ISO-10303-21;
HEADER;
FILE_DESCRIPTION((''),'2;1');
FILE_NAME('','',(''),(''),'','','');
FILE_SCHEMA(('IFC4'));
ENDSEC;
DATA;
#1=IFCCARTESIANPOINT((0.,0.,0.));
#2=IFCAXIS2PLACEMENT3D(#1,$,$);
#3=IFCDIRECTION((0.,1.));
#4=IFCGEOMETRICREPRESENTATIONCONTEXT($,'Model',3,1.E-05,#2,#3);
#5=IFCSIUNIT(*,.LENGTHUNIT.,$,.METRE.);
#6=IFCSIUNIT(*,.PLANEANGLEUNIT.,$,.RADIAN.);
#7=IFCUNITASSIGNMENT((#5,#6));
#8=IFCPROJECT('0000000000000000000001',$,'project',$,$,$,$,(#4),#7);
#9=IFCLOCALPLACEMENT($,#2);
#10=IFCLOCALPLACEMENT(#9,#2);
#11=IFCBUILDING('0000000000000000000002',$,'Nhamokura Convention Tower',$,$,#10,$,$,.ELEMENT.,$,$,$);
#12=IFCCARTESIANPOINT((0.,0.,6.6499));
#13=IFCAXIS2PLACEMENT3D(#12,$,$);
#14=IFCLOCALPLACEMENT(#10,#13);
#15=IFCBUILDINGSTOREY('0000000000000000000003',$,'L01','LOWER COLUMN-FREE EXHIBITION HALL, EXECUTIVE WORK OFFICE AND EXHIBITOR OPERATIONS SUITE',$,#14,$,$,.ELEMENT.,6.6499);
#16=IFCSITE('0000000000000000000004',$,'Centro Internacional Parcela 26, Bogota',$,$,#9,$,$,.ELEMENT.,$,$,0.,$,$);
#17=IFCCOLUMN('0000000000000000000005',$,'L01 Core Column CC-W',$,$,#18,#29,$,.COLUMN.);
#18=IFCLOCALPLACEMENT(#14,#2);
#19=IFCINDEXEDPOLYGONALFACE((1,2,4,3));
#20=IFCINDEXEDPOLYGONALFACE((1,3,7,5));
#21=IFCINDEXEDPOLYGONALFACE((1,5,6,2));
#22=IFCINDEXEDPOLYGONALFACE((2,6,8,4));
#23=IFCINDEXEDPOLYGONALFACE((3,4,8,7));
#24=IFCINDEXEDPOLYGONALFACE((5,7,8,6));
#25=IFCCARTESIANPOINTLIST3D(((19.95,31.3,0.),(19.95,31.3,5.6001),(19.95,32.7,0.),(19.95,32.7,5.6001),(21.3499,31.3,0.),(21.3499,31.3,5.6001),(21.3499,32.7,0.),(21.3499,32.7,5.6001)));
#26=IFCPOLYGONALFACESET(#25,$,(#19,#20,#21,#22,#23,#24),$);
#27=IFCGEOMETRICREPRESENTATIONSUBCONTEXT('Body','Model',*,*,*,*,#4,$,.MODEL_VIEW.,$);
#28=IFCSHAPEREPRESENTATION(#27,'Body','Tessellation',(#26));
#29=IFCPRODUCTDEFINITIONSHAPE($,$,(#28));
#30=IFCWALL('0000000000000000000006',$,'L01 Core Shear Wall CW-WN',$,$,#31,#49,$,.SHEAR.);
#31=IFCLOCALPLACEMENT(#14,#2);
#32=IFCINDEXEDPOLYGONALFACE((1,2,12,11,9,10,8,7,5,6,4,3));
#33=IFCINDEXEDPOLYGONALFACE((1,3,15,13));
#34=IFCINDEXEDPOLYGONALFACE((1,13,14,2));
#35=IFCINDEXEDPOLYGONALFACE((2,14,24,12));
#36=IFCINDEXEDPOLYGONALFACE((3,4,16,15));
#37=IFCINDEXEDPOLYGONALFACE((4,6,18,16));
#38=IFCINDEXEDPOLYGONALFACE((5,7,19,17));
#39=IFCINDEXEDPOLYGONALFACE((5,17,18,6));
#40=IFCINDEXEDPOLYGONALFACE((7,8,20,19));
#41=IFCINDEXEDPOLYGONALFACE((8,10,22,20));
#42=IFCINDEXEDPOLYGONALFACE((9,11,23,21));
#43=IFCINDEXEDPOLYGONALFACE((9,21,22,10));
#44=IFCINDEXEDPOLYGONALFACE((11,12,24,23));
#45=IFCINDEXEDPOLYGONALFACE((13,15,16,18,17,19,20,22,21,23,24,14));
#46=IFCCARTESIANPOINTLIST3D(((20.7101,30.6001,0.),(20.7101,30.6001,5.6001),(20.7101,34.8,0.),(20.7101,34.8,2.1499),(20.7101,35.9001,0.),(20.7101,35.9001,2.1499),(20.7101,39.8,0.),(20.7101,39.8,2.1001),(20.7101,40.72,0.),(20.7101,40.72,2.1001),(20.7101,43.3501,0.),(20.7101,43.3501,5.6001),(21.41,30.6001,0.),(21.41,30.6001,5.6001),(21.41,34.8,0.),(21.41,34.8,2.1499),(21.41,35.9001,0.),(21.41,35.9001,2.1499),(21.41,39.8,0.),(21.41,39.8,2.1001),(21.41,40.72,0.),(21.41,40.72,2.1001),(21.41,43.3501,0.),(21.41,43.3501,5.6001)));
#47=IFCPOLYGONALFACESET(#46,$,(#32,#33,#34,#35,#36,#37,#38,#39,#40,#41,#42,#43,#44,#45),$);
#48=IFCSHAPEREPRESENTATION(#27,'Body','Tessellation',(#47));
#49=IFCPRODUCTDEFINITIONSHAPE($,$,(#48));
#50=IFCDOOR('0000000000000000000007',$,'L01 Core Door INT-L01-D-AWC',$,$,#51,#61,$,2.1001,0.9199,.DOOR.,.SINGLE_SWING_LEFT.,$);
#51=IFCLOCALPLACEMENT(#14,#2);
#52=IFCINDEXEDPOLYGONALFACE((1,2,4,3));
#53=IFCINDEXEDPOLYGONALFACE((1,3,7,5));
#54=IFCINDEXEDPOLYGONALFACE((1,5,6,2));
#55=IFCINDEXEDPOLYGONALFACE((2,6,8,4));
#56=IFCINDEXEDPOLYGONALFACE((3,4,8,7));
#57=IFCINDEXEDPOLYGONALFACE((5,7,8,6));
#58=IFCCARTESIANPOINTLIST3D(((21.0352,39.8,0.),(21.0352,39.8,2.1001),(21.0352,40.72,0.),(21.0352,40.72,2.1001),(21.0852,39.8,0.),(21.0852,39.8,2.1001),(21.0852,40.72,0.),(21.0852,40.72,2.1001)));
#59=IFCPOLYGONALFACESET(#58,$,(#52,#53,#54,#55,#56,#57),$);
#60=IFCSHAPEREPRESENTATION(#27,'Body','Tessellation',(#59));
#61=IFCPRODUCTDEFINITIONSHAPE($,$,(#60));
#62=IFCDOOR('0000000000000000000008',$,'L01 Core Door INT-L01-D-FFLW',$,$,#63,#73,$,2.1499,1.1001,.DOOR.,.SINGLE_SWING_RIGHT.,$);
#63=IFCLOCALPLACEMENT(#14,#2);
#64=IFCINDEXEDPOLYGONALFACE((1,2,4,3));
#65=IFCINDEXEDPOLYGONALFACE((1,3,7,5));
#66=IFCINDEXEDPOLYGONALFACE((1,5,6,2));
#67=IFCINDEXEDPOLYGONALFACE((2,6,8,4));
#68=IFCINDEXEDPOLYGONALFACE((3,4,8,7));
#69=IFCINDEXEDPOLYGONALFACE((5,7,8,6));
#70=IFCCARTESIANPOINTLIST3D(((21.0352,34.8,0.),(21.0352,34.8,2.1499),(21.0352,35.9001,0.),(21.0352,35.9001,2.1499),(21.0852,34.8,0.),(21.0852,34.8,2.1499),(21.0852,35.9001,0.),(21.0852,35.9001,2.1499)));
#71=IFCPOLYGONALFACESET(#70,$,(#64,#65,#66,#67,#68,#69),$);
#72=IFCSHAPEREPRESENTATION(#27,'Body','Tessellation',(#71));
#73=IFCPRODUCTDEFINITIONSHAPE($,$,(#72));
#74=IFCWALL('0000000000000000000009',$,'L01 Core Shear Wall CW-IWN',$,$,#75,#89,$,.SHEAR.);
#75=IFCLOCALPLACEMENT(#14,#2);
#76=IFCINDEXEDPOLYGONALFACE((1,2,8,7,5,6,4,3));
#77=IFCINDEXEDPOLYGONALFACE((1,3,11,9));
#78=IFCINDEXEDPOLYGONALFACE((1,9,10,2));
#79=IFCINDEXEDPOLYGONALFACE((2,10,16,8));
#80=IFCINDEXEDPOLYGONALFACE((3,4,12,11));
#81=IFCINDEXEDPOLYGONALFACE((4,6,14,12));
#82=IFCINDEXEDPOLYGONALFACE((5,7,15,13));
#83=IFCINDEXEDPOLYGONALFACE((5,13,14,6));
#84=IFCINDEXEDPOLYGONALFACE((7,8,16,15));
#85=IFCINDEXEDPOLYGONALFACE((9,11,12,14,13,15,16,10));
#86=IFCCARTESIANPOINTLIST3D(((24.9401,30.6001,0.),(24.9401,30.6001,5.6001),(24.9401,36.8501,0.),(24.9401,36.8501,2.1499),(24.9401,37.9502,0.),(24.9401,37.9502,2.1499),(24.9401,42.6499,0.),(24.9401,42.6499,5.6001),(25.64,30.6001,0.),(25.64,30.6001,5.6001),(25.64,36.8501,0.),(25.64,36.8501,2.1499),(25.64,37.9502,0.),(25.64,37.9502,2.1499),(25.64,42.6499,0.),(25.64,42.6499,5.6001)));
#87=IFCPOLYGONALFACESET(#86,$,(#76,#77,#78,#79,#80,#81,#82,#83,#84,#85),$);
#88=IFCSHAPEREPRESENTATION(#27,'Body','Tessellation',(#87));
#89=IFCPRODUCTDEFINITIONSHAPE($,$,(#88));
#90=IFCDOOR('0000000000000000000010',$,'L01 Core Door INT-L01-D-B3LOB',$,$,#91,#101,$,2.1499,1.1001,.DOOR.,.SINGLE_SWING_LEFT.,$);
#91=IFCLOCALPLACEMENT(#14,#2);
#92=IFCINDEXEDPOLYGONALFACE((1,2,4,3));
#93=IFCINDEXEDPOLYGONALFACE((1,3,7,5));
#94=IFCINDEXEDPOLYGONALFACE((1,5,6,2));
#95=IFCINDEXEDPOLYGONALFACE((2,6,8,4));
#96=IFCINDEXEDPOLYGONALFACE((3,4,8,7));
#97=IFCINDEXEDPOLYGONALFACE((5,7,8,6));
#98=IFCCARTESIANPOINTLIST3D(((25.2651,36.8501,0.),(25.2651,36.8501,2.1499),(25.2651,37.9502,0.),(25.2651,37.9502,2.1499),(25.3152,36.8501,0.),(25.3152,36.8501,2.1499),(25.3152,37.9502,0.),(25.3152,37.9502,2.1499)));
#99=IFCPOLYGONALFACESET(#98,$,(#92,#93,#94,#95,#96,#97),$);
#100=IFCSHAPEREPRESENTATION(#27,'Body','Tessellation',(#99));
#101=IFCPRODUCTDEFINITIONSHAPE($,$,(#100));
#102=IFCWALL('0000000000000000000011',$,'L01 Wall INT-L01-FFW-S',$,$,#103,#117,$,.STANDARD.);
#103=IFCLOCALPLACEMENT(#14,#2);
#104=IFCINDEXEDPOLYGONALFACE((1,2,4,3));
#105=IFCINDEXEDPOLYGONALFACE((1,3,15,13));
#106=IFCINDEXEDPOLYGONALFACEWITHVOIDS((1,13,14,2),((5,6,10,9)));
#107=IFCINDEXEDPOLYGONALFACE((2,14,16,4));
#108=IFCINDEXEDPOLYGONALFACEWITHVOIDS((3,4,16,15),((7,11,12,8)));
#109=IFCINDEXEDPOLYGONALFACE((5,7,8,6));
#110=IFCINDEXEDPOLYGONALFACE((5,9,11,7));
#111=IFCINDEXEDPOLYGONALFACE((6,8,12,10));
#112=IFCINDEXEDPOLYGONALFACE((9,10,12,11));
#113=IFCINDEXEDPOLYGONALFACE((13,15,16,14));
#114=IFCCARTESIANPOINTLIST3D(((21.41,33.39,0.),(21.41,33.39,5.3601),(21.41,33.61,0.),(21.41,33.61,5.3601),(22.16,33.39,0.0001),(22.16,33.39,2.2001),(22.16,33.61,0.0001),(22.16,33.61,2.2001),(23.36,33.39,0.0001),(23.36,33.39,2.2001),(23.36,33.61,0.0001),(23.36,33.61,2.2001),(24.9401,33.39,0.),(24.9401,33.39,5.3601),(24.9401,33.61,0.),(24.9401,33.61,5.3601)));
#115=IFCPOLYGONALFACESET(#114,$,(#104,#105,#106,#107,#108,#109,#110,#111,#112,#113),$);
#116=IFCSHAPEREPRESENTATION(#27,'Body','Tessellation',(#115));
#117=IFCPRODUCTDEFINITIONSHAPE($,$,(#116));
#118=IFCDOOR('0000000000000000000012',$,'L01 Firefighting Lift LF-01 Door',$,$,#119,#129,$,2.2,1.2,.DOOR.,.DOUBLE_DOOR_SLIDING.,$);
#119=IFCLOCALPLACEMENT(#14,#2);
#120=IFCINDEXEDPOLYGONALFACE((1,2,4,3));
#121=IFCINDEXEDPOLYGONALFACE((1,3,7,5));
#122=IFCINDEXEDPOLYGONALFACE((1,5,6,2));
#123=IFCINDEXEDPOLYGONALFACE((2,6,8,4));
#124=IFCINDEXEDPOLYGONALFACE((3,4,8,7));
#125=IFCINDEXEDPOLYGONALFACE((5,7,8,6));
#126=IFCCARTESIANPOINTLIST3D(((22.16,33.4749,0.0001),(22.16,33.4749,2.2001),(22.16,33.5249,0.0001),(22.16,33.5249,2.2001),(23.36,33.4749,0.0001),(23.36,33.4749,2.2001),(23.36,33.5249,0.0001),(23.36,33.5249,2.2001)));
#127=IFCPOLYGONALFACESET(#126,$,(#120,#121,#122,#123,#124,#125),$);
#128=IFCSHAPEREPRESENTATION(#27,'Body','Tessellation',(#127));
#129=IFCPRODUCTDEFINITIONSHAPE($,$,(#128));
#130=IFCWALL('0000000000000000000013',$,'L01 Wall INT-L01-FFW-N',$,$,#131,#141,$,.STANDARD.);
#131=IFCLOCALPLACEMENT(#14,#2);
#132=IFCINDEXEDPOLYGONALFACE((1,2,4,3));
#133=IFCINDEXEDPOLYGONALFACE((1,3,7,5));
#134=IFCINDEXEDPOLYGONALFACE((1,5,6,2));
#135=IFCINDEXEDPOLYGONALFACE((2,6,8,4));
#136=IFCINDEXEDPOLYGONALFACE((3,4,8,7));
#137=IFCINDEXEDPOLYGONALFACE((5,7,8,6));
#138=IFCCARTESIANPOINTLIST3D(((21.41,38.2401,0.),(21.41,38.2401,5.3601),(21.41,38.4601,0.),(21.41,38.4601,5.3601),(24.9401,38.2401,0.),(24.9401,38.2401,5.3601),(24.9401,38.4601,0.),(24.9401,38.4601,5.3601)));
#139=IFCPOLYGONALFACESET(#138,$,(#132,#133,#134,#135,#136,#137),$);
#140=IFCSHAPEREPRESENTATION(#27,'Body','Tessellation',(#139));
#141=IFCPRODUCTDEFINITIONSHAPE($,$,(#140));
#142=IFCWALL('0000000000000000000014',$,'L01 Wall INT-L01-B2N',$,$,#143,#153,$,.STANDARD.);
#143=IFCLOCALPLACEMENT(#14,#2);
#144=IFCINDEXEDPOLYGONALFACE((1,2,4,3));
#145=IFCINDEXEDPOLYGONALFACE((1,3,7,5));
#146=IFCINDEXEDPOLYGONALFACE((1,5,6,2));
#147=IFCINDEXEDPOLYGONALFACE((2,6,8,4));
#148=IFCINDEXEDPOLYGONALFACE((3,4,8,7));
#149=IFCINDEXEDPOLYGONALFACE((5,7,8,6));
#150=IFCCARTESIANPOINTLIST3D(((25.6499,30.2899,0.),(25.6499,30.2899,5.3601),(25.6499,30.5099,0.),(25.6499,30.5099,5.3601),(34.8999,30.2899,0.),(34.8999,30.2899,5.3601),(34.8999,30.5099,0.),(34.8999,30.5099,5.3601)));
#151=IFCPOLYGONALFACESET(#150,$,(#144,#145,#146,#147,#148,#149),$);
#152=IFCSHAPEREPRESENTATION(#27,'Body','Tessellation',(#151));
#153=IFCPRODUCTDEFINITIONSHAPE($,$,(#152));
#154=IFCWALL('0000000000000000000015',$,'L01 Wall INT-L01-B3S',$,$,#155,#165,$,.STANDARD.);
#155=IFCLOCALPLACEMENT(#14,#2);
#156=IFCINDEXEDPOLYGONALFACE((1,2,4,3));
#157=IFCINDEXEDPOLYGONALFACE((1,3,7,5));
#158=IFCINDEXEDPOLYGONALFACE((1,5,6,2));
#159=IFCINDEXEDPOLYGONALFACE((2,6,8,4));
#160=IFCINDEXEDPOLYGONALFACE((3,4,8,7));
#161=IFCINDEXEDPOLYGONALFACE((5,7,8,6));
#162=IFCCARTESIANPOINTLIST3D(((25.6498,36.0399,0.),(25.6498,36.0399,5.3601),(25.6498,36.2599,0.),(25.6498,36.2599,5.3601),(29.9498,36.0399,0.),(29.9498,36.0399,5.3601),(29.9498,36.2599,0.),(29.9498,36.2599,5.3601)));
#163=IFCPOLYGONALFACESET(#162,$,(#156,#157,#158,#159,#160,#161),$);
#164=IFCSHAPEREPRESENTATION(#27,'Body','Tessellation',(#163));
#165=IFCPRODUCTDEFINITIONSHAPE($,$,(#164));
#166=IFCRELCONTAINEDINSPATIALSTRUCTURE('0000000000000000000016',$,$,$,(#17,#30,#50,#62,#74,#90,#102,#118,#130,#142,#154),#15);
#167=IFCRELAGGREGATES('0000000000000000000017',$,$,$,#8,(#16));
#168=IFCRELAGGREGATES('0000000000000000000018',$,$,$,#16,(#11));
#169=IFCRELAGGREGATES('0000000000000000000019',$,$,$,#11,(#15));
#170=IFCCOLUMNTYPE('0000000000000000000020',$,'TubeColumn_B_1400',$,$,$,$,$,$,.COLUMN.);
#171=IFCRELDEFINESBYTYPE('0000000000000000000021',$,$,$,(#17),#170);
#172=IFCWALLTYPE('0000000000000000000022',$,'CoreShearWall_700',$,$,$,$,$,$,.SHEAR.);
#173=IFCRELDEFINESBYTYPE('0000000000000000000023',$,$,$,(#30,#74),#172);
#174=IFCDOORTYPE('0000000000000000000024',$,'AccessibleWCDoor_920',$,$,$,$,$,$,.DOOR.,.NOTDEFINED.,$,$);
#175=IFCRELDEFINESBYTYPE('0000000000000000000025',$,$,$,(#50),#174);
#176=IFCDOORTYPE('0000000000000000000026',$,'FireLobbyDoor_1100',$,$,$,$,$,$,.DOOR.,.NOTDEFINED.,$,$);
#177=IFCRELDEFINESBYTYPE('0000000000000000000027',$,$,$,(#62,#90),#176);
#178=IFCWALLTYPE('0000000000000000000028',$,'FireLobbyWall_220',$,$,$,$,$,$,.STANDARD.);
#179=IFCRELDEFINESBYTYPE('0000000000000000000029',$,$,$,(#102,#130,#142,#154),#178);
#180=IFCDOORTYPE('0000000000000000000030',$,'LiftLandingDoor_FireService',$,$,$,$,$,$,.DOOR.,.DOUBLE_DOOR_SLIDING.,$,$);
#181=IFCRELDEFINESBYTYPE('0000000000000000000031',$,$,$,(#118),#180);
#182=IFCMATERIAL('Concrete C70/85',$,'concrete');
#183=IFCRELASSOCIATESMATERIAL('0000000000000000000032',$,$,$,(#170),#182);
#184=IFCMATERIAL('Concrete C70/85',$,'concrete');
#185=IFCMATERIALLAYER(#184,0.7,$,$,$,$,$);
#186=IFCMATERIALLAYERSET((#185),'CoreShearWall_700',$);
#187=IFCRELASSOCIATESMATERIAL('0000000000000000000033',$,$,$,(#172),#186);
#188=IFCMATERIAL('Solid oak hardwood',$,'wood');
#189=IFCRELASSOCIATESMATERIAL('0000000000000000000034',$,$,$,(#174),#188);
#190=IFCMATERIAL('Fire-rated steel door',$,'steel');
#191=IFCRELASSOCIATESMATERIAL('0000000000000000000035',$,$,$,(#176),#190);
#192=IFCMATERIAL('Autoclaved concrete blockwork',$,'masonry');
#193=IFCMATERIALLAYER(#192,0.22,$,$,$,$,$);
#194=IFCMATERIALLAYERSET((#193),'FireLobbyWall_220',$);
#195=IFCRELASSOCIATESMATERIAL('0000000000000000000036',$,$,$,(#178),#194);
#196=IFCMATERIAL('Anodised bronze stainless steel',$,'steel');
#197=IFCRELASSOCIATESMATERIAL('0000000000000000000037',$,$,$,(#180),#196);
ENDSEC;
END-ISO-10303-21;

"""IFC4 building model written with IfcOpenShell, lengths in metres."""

from ifc_helpers import new_model, si_unit, direction, frame, frame_2d, origin, origin_2d, place, context, subcontext, project, spatial, rectangle, extrude, material, layer, layer_set, material_profile, profile_set, type_object, element, fill, save


model = new_model("IFC4")

# Units and contexts
model_context = context("Model", 3, precision=1e-05, world=origin(), true_north=direction((0.0, 1.0)))
body_context = subcontext(model_context, "Body", "Model", "MODEL_VIEW")
ifc_project = project(units=[si_unit("LENGTHUNIT", "METRE"), si_unit("PLANEANGLEUNIT", "RADIAN")], contexts=[model_context])

# Site, building, storey
site_placement = place(None, origin())
site = spatial("IfcSite", under=ifc_project, at=site_placement, Name="Centro Internacional Parcela 26, Bogota", CompositionType="ELEMENT", RefElevation=0.0)
building_placement = place(site_placement, origin())
building = spatial("IfcBuilding", under=site, at=building_placement, Name="Nhamokura Convention Tower", CompositionType="ELEMENT")
storey_placement = place(building_placement, frame((0.0, 0.0, 6.6499)))
storey = spatial("IfcBuildingStorey", under=building, at=storey_placement, Name="L01", Description="LOWER COLUMN-FREE EXHIBITION HALL, EXECUTIVE WORK OFFICE AND EXHIBITOR OPERATIONS SUITE", CompositionType="ELEMENT", Elevation=6.6499)

# Column
ifc_material_1 = material(Name="Concrete C70/85", Category="concrete")
ifc_material_profile = material_profile(ifc_material_1, rectangle(XDim=1.3999, YDim=1.3999, at=origin_2d()))
ifc_profile_set = profile_set([ifc_material_profile], Name="Concrete C70/85")
column_type = type_object("IfcColumnType", Name="TubeColumn_B_1400", PredefinedType="COLUMN", material=ifc_profile_set)
column_placement = place(storey_placement, frame((20.6499, 32.0, 0.0), z_axis=(0.0, 0.0, 1.0), x_axis=(1.0, 0.0, 0.0)))
element("IfcColumn", 1, at=column_placement, inside=storey, type_object=column_type, Name="L01 Core Column CC-W", PredefinedType="COLUMN", context=body_context, shape_type="SweptSolid", body=[
    extrude(rectangle(XDim=1.3999, YDim=1.3999, at=origin_2d()), origin(), (0.0, 0.0, 1.0), 5.6001),
])

# Wall, openings, doors
ifc_material_2 = material(Name="Concrete C70/85", Category="concrete")
ifc_layer_1 = layer(ifc_material_2, 0.7)
ifc_layer_set_1 = layer_set([ifc_layer_1], Name="CoreShearWall_700")
wall_type_1 = type_object("IfcWallType", Name="CoreShearWall_700", PredefinedType="SHEAR", material=ifc_layer_set_1)
wall_1_placement = place(storey_placement, frame((21.0601, 30.6001, 0.0), z_axis=(0.0, 0.0, 1.0), x_axis=(0.0, 1.0, 0.0)))
wall_1 = element("IfcWall", 2, at=wall_1_placement, inside=storey, type_object=wall_type_1, Name="L01 Core Shear Wall CW-WN", PredefinedType="SHEAR", context=body_context, shape_type="SweptSolid", body=[
    extrude(rectangle(XDim=12.75, YDim=0.7, at=frame_2d((6.375, 0.0))), origin(), (0.0, 0.0, 1.0), 5.6001),
])
opening_1_placement = place(wall_1_placement, frame((4.2, 0.0, 0.0)))
opening_1 = element("IfcOpeningElement", 3, at=opening_1_placement, cuts=wall_1, PredefinedType="OPENING", context=body_context, shape_type="SweptSolid", body=[
    extrude(rectangle(XDim=1.1001, YDim=2.1499, at=frame_2d((0.55, 1.075))), frame((0.0, 0.3599, 0.0), z_axis=(0.0, -1.0, 0.0), x_axis=(1.0, 0.0, 0.0)), (0.0, 0.0, 1.0), 0.72),
])
opening_2_placement = place(wall_1_placement, frame((9.2, 0.0, 0.0)))
opening_2 = element("IfcOpeningElement", 4, at=opening_2_placement, cuts=wall_1, PredefinedType="OPENING", context=body_context, shape_type="SweptSolid", body=[
    extrude(rectangle(XDim=0.9199, YDim=2.1001, at=frame_2d((0.46, 1.05))), frame((0.0, 0.3599, 0.0), z_axis=(0.0, -1.0, 0.0), x_axis=(1.0, 0.0, 0.0)), (0.0, 0.0, 1.0), 0.72),
])
ifc_material_3 = material(Name="Solid oak hardwood", Category="wood")
door_type_1 = type_object("IfcDoorType", Name="AccessibleWCDoor_920", OperationType="NOTDEFINED", PredefinedType="DOOR", material=ifc_material_3)
door_1_placement = place(opening_2_placement, origin())
door_1 = element("IfcDoor", 5, at=door_1_placement, inside=storey, type_object=door_type_1, Name="L01 Core Door INT-L01-D-AWC", OperationType="SINGLE_SWING_LEFT", OverallHeight=2.1001, OverallWidth=0.9199, PredefinedType="DOOR", context=body_context, shape_type="SweptSolid", body=[
    extrude(rectangle(XDim=0.9199, YDim=2.1001, at=frame_2d((0.46, 1.05))), frame((0.0, 0.0249, 0.0), z_axis=(0.0, -1.0, 0.0), x_axis=(1.0, 0.0, 0.0)), (0.0, 0.0, 1.0), 0.05),
])
fill(opening_2, door_1)
ifc_material_4 = material(Name="Fire-rated steel door", Category="steel")
door_type_2 = type_object("IfcDoorType", Name="FireLobbyDoor_1100", OperationType="NOTDEFINED", PredefinedType="DOOR", material=ifc_material_4)
door_2_placement = place(opening_1_placement, origin())
door_2 = element("IfcDoor", 6, at=door_2_placement, inside=storey, type_object=door_type_2, Name="L01 Core Door INT-L01-D-FFLW", OperationType="SINGLE_SWING_RIGHT", OverallHeight=2.1499, OverallWidth=1.1001, PredefinedType="DOOR", context=body_context, shape_type="SweptSolid", body=[
    extrude(rectangle(XDim=1.1001, YDim=2.1499, at=frame_2d((0.55, 1.075))), frame((0.0, 0.0249, 0.0), z_axis=(0.0, -1.0, 0.0), x_axis=(1.0, 0.0, 0.0)), (0.0, 0.0, 1.0), 0.05),
])
fill(opening_1, door_2)

# Walls, openings, doors
wall_2_placement = place(storey_placement, frame((25.29, 30.6001, 0.0), z_axis=(0.0, 0.0, 1.0), x_axis=(0.0, 1.0, 0.0)))
wall_2 = element("IfcWall", 7, at=wall_2_placement, inside=storey, type_object=wall_type_1, Name="L01 Core Shear Wall CW-IWN", PredefinedType="SHEAR", context=body_context, shape_type="SweptSolid", body=[
    extrude(rectangle(XDim=12.0498, YDim=0.7, at=frame_2d((6.0249, 0.0))), origin(), (0.0, 0.0, 1.0), 5.6001),
])
opening_3_placement = place(wall_2_placement, frame((6.25, 0.0, 0.0)))
opening_3 = element("IfcOpeningElement", 8, at=opening_3_placement, cuts=wall_2, PredefinedType="OPENING", context=body_context, shape_type="SweptSolid", body=[
    extrude(rectangle(XDim=1.1001, YDim=2.1499, at=frame_2d((0.55, 1.075))), frame((0.0, 0.3599, 0.0), z_axis=(0.0, -1.0, 0.0), x_axis=(1.0, 0.0, 0.0)), (0.0, 0.0, 1.0), 0.72),
])
door_3_placement = place(opening_3_placement, origin())
door_3 = element("IfcDoor", 9, at=door_3_placement, inside=storey, type_object=door_type_2, Name="L01 Core Door INT-L01-D-B3LOB", OperationType="SINGLE_SWING_LEFT", OverallHeight=2.1499, OverallWidth=1.1001, PredefinedType="DOOR", context=body_context, shape_type="SweptSolid", body=[
    extrude(rectangle(XDim=1.1001, YDim=2.1499, at=frame_2d((0.55, 1.075))), frame((0.0, 0.0249, 0.0), z_axis=(0.0, -1.0, 0.0), x_axis=(1.0, 0.0, 0.0)), (0.0, 0.0, 1.0), 0.05),
])
fill(opening_3, door_3)
ifc_material_5 = material(Name="Autoclaved concrete blockwork", Category="masonry")
ifc_layer_2 = layer(ifc_material_5, 0.22)
ifc_layer_set_2 = layer_set([ifc_layer_2], Name="FireLobbyWall_220")
wall_type_2 = type_object("IfcWallType", Name="FireLobbyWall_220", PredefinedType="STANDARD", material=ifc_layer_set_2)
wall_3_placement = place(storey_placement, frame((21.4099, 33.5, 0.0), z_axis=(0.0, 0.0, 1.0), x_axis=(1.0, 0.0, 0.0)))
wall_3 = element("IfcWall", 10, at=wall_3_placement, inside=storey, type_object=wall_type_2, Name="L01 Wall INT-L01-FFW-S", PredefinedType="STANDARD", context=body_context, shape_type="SweptSolid", body=[
    extrude(rectangle(XDim=3.53, YDim=0.22, at=frame_2d((1.7651, 0.0))), origin(), (0.0, 0.0, 1.0), 5.3601),
])
opening_4_placement = place(wall_3_placement, frame((0.75, 0.0, 0.0)))
opening_4 = element("IfcOpeningElement", 11, at=opening_4_placement, cuts=wall_3, PredefinedType="OPENING", context=body_context, shape_type="SweptSolid", body=[
    extrude(rectangle(XDim=1.2, YDim=2.2, at=frame_2d((0.6001, 1.1001))), frame((0.0, 0.1199, 0.0), z_axis=(0.0, -1.0, 0.0), x_axis=(1.0, 0.0, 0.0)), (0.0, 0.0, 1.0), 0.24),
])
ifc_material_6 = material(Name="Anodised bronze stainless steel", Category="steel")
door_type_3 = type_object("IfcDoorType", Name="LiftLandingDoor_FireService", OperationType="DOUBLE_DOOR_SLIDING", PredefinedType="DOOR", material=ifc_material_6)
door_4_placement = place(opening_4_placement, origin())
door_4 = element("IfcDoor", 12, at=door_4_placement, inside=storey, type_object=door_type_3, Name="L01 Firefighting Lift LF-01 Door", OperationType="DOUBLE_DOOR_SLIDING", OverallHeight=2.2, OverallWidth=1.2, PredefinedType="DOOR", context=body_context, shape_type="SweptSolid", body=[
    extrude(rectangle(XDim=1.2, YDim=2.2, at=frame_2d((0.6001, 1.1001))), frame((0.0, 0.0249, 0.0), z_axis=(0.0, -1.0, 0.0), x_axis=(1.0, 0.0, 0.0)), (0.0, 0.0, 1.0), 0.05),
])
fill(opening_4, door_4)

# Walls
wall_4_placement = place(storey_placement, frame((21.4099, 38.3501, 0.0), z_axis=(0.0, 0.0, 1.0), x_axis=(1.0, 0.0, 0.0)))
element("IfcWall", 13, at=wall_4_placement, inside=storey, type_object=wall_type_2, Name="L01 Wall INT-L01-FFW-N", PredefinedType="STANDARD", context=body_context, shape_type="SweptSolid", body=[
    extrude(rectangle(XDim=3.53, YDim=0.22, at=frame_2d((1.7651, 0.0))), origin(), (0.0, 0.0, 1.0), 5.3601),
])
wall_5_placement = place(storey_placement, frame((25.6499, 30.3999, 0.0), z_axis=(0.0, 0.0, 1.0), x_axis=(1.0, 0.0, 0.0)))
element("IfcWall", 14, at=wall_5_placement, inside=storey, type_object=wall_type_2, Name="L01 Wall INT-L01-B2N", PredefinedType="STANDARD", context=body_context, shape_type="SweptSolid", body=[
    extrude(rectangle(XDim=9.25, YDim=0.22, at=frame_2d((4.625, 0.0))), origin(), (0.0, 0.0, 1.0), 5.3601),
])
for number, where, z_axis, x_axis, name in (
    (15, (25.6499, 36.1499, 0.0), (0.0, 0.0, 1.0), (1.0, 0.0, 0.0), "L01 Wall INT-L01-B3S"),
):
    element("IfcWall", number, at=place(storey_placement, frame(where, z_axis=z_axis, x_axis=x_axis)), inside=storey, type_object=wall_type_2, Name=name, PredefinedType="STANDARD", context=body_context, shape_type="SweptSolid", body=[
        extrude(rectangle(XDim=4.3, YDim=0.22, at=frame_2d((2.1499, 0.0))), origin(), (0.0, 0.0, 1.0), 5.3601),
    ])

save(model, "model.ifc")
